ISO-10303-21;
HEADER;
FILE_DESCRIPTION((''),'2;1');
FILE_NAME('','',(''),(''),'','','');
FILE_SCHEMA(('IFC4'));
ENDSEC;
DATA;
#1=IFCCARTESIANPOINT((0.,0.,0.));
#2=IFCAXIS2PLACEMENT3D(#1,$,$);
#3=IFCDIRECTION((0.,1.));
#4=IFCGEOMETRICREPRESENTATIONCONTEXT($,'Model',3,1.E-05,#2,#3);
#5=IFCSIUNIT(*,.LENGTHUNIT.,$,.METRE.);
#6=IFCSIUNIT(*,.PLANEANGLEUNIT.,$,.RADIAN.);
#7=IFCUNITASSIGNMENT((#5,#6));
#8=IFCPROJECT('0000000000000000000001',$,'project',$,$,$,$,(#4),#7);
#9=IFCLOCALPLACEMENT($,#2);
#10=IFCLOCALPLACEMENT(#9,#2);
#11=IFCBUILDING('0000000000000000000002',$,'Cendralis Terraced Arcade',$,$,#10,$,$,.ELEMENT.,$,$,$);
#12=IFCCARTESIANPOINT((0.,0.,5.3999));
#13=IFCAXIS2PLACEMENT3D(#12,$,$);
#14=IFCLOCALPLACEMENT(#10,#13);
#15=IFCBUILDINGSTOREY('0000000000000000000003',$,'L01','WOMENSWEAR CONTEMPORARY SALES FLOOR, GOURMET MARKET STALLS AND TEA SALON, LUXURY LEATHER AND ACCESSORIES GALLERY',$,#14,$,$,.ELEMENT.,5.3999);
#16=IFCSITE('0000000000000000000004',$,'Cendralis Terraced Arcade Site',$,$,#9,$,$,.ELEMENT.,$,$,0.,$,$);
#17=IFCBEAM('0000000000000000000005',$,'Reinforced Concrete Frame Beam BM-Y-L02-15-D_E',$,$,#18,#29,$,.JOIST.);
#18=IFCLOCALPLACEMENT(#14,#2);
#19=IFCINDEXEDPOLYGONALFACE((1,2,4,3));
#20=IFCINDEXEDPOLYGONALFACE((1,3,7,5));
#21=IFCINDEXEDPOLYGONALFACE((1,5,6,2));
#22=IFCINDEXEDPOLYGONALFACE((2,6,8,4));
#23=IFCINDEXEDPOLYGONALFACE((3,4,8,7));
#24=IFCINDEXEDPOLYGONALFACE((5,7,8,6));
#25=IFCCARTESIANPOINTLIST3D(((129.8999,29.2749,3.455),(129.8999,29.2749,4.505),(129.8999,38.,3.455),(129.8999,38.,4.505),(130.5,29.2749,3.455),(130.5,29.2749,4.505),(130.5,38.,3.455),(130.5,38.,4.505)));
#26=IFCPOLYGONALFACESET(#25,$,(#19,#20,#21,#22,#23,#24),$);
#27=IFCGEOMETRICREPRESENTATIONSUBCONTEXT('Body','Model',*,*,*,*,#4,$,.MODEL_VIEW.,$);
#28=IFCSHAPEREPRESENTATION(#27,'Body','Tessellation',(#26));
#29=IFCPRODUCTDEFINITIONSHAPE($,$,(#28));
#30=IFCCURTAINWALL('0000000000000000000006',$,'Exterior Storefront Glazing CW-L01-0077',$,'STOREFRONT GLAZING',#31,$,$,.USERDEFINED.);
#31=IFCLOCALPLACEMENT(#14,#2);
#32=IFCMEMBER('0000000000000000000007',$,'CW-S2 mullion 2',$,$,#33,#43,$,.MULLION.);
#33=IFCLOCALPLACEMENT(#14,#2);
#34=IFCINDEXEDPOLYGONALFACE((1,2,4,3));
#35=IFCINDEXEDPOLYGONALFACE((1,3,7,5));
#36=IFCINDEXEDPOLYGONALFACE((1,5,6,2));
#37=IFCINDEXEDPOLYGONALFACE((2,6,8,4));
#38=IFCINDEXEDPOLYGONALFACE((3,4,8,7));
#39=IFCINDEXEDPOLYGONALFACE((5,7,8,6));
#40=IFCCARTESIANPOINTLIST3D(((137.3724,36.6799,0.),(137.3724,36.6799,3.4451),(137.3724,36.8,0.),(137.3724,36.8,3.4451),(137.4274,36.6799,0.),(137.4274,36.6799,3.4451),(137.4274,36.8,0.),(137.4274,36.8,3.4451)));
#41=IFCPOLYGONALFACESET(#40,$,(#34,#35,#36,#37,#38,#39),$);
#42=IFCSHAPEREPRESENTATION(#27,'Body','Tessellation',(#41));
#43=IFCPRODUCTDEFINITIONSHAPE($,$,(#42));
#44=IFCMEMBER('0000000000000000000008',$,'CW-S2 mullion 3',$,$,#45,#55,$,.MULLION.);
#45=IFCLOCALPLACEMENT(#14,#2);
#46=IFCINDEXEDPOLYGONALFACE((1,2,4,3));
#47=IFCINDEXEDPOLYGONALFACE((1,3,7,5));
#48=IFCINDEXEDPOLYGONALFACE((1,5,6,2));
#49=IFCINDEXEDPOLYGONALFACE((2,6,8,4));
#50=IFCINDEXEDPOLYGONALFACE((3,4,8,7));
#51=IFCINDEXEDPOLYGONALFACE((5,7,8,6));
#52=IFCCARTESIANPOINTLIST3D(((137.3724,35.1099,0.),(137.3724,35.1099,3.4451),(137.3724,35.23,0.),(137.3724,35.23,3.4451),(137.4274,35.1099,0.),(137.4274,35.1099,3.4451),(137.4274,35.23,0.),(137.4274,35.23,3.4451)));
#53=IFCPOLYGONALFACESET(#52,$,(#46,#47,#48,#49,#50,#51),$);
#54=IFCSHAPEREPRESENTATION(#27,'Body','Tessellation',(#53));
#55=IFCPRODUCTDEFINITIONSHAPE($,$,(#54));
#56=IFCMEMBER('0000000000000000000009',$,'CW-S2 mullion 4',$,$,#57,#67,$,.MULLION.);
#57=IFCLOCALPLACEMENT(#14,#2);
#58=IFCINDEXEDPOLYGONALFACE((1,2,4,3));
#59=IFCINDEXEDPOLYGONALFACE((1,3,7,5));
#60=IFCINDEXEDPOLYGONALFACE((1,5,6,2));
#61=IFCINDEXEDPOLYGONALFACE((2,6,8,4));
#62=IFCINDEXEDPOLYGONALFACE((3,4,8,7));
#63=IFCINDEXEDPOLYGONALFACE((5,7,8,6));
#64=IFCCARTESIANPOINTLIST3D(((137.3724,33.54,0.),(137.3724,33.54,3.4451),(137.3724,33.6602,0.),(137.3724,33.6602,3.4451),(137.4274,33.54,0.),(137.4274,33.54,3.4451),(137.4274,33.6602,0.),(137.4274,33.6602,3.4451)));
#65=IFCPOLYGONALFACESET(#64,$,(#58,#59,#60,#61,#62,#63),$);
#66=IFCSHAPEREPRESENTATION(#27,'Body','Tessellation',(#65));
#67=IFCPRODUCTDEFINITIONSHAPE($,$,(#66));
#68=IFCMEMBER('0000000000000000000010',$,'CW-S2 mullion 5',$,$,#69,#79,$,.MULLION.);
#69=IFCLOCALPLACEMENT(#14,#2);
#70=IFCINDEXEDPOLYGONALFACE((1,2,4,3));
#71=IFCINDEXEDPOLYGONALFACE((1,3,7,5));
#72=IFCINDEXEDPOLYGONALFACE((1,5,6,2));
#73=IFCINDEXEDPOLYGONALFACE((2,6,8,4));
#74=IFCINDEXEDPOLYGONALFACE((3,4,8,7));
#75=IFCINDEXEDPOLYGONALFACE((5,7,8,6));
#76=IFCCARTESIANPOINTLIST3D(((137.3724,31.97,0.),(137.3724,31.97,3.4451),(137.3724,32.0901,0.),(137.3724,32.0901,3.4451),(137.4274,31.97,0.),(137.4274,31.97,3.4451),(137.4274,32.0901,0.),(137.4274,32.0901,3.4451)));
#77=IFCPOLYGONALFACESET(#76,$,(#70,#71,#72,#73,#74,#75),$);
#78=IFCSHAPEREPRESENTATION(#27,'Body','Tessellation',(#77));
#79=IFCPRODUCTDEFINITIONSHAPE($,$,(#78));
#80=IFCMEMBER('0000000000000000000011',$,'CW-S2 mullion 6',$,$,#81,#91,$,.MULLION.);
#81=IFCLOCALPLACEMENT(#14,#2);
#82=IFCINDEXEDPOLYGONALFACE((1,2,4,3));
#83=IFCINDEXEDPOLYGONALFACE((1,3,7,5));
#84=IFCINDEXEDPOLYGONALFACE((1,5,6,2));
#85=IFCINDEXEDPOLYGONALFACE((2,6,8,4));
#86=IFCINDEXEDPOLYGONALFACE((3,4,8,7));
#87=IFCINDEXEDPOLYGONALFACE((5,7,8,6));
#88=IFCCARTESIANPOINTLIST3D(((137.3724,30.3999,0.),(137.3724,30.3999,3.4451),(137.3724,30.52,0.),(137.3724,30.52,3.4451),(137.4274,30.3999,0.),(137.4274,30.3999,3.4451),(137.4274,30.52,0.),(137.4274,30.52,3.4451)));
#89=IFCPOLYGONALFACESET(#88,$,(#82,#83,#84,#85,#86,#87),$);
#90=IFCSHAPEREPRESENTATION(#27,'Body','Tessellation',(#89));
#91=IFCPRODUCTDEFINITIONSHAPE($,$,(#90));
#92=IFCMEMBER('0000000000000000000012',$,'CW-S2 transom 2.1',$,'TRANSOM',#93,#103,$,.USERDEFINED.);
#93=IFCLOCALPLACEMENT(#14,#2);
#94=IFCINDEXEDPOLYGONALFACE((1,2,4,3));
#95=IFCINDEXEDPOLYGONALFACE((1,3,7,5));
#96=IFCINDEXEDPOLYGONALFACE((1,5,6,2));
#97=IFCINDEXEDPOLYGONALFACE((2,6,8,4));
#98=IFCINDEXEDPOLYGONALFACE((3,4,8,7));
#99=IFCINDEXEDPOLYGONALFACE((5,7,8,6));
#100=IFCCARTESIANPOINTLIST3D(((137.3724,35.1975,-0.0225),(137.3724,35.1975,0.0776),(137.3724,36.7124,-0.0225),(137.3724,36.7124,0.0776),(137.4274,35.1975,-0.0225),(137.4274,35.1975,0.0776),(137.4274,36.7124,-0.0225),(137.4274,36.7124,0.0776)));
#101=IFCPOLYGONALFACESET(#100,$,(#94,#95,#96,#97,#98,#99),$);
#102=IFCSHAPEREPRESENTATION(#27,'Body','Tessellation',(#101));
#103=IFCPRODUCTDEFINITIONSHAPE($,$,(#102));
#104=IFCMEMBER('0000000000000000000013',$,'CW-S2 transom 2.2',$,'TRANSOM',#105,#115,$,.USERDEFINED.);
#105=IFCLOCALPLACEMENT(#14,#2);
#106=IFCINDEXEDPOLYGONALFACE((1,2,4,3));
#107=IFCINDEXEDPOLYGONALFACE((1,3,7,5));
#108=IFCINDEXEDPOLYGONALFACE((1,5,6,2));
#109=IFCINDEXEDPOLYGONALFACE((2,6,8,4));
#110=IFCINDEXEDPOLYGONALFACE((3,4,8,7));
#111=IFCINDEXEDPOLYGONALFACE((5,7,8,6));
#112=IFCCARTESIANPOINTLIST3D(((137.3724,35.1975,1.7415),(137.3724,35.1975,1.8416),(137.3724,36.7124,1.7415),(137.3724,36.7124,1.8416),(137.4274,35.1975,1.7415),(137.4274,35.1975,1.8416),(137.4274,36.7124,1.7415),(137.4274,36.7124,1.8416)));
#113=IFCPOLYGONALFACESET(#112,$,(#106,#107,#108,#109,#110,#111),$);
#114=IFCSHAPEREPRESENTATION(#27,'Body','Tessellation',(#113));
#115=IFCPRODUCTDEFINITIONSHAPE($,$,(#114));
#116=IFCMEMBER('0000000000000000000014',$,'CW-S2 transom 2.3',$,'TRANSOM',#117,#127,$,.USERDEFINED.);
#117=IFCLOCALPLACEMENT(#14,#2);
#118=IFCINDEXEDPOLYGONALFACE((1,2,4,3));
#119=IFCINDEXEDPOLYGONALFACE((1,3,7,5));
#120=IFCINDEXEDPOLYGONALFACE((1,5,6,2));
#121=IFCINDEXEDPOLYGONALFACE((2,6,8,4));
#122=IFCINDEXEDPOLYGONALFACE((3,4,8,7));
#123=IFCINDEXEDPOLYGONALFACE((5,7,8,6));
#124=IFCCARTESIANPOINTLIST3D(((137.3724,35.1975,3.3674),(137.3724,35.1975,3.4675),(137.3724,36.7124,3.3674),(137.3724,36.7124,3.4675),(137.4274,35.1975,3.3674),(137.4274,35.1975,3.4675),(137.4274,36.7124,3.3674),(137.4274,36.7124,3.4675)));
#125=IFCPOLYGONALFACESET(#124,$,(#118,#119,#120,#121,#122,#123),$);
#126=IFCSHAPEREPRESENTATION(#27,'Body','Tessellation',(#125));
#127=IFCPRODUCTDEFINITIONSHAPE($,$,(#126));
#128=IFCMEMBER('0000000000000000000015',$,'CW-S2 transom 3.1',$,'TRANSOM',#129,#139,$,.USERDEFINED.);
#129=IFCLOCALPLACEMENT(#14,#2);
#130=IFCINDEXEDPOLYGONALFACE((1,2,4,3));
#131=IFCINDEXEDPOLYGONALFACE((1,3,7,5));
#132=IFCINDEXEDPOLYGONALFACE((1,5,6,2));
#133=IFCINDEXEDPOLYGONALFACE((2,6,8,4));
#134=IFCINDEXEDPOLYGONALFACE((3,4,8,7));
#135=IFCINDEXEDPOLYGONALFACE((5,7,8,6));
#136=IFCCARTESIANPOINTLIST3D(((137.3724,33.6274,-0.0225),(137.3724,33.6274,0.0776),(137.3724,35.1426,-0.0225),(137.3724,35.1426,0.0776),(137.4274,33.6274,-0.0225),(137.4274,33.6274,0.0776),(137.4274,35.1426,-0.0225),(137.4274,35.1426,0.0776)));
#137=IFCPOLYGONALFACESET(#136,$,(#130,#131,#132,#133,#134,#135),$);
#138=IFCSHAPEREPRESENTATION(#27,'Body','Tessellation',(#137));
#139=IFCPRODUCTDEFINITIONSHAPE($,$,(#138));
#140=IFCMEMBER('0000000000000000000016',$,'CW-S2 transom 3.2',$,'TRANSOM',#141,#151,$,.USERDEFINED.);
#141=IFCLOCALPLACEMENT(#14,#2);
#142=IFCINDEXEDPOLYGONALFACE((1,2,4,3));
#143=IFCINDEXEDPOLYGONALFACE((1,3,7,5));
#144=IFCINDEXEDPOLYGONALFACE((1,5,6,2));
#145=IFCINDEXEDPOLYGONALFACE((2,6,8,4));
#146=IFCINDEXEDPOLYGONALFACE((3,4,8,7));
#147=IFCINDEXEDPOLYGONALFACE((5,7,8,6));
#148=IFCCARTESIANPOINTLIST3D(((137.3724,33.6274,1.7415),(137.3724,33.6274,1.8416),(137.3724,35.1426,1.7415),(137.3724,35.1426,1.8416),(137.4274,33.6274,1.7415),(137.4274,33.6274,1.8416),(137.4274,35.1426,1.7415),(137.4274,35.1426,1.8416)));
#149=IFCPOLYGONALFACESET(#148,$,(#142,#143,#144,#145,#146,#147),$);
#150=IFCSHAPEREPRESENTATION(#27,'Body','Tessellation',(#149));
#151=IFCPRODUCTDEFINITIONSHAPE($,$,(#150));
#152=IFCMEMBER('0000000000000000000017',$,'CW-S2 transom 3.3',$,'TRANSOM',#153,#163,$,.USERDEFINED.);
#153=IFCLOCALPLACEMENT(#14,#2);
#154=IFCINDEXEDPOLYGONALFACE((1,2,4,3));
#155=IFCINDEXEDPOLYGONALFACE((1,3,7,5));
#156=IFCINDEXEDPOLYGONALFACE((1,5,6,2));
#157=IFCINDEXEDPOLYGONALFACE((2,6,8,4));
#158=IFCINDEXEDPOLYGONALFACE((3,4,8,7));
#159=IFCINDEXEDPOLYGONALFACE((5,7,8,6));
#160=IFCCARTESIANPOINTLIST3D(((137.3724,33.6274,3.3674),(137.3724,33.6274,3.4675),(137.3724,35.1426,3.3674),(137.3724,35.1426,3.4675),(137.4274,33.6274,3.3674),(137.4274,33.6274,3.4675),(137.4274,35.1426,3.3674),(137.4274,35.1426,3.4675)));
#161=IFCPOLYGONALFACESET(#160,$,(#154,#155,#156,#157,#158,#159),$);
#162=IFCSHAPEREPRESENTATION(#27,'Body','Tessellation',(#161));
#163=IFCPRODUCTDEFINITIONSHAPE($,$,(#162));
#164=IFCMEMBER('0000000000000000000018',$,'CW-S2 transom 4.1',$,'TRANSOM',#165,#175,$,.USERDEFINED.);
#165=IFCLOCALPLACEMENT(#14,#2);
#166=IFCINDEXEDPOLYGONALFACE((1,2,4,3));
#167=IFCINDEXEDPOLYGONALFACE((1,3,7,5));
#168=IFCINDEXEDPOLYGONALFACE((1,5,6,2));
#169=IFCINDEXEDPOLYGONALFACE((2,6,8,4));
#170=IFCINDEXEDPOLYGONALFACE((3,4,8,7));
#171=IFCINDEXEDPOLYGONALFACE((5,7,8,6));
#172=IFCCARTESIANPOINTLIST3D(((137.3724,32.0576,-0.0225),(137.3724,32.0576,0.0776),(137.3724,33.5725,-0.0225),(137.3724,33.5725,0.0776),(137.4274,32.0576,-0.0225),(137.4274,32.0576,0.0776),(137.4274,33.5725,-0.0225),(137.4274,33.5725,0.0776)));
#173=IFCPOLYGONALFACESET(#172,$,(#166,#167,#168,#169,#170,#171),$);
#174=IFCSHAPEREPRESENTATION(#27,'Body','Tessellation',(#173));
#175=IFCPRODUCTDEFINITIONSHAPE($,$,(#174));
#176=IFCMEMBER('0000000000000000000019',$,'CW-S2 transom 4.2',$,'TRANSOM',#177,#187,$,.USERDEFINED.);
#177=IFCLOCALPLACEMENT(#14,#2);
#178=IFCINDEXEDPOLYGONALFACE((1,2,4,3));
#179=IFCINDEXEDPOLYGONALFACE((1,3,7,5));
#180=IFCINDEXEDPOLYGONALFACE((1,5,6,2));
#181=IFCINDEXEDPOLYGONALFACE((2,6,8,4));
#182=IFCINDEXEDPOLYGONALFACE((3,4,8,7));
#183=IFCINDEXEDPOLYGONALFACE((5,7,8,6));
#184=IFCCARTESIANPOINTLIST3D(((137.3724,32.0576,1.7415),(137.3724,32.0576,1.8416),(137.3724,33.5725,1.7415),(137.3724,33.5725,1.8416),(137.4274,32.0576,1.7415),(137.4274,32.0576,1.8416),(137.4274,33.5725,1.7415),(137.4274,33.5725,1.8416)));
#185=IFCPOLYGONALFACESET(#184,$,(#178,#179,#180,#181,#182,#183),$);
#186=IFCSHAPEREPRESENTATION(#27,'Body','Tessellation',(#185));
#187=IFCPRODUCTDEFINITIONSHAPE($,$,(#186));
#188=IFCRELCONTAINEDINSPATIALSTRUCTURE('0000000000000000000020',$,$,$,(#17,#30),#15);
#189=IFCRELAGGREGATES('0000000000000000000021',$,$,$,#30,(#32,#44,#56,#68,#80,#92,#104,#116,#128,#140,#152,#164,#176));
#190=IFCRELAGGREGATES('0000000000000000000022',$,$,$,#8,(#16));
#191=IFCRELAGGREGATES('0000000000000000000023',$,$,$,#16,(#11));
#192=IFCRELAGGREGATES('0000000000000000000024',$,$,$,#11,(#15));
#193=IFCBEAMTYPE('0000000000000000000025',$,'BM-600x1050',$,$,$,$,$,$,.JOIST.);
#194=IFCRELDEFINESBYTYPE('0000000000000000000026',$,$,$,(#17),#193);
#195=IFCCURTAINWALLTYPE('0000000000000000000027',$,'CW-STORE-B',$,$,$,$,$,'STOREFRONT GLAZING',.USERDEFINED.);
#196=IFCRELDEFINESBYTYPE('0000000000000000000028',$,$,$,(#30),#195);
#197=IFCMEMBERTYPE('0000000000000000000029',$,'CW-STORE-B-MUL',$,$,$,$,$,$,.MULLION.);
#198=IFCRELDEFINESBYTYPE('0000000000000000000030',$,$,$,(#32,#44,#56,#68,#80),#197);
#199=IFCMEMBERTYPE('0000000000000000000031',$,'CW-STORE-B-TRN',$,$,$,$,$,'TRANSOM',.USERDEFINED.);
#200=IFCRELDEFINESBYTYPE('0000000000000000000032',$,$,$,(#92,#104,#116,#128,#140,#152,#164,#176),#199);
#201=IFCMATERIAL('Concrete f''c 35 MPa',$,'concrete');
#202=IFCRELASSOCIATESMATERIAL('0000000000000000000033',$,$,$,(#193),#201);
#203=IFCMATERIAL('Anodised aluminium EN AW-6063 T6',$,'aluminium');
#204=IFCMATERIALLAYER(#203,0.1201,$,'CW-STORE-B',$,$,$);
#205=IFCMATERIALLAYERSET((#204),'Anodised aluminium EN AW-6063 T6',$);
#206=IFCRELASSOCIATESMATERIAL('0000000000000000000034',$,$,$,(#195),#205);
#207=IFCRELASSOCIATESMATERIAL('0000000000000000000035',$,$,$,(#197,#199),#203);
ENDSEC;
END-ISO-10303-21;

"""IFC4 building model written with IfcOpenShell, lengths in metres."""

from ifc_helpers import new_model, si_unit, direction, frame, origin, origin_2d, place, context, subcontext, project, spatial, rectangle, extrude, material, layer, layer_set, material_profile, profile_set, type_object, element, aggregate, save


model = new_model("IFC4")

# Units and contexts
model_context = context("Model", 3, precision=1e-05, world=origin(), true_north=direction((0.0, 1.0)))
body_context = subcontext(model_context, "Body", "Model", "MODEL_VIEW")
ifc_project = project(units=[si_unit("LENGTHUNIT", "METRE"), si_unit("PLANEANGLEUNIT", "RADIAN")], contexts=[model_context])

# Site, building, storey
site_placement = place(None, origin())
site = spatial("IfcSite", under=ifc_project, at=site_placement, Name="Cendralis Terraced Arcade Site", CompositionType="ELEMENT", RefElevation=0.0)
building_placement = place(site_placement, origin())
building = spatial("IfcBuilding", under=site, at=building_placement, Name="Cendralis Terraced Arcade", CompositionType="ELEMENT")
storey_placement = place(building_placement, frame((0.0, 0.0, 5.3999)))
storey = spatial("IfcBuildingStorey", under=building, at=storey_placement, Name="L01", Description="WOMENSWEAR CONTEMPORARY SALES FLOOR, GOURMET MARKET STALLS AND TEA SALON, LUXURY LEATHER AND ACCESSORIES GALLERY", CompositionType="ELEMENT", Elevation=5.3999)

# Beam
ifc_material_1 = material(Name="Concrete f'c 35 MPa", Category="concrete")
ifc_material_profile_1 = material_profile(ifc_material_1, rectangle(XDim=0.6001, YDim=1.05, at=origin_2d()), Name="RC-BM-600x1050", Category="LoadBearing")
ifc_profile_set_1 = profile_set([ifc_material_profile_1], Name="Concrete f'c 35 MPa")
beam_type = type_object("IfcBeamType", Name="BM-600x1050", PredefinedType="JOIST", material=ifc_profile_set_1)
beam_placement = place(storey_placement, frame((130.2, 29.2749, 3.98), z_axis=(0.0, 1.0, 0.0), x_axis=(-1.0, 0.0, 0.0)))
element("IfcBeam", 1, at=beam_placement, inside=storey, type_object=beam_type, Name="Reinforced Concrete Frame Beam BM-Y-L02-15-D_E", PredefinedType="JOIST", context=body_context, shape_type="SweptSolid", body=[
    extrude(rectangle(XDim=0.6001, YDim=1.05, at=origin_2d()), origin(), (0.0, 0.0, 1.0), 8.7251),
])

# Curtain wall, members
ifc_material_2 = material(Name="Anodised aluminium EN AW-6063 T6", Category="aluminium")
ifc_layer_1 = layer(ifc_material_2, 0.1201, Name="CW-STORE-B")
ifc_layer_set_1 = layer_set([ifc_layer_1], Name="Anodised aluminium EN AW-6063 T6")
curtain_wall_type = type_object("IfcCurtainWallType", Name="CW-STORE-B", ElementType="STOREFRONT GLAZING", PredefinedType="USERDEFINED", material=ifc_layer_set_1)
curtain_wall_placement = place(storey_placement, origin())
curtain_wall = element("IfcCurtainWall", 2, at=curtain_wall_placement, inside=storey, type_object=curtain_wall_type, Name="Exterior Storefront Glazing CW-L01-0077", ObjectType="STOREFRONT GLAZING", PredefinedType="USERDEFINED")
ifc_material_profile_2 = material_profile(ifc_material_2, rectangle(XDim=0.0549, YDim=0.1201, at=origin_2d()), Name="ALU-MUL-55x120")
ifc_profile_set_2 = profile_set([ifc_material_profile_2], Name="Anodised aluminium EN AW-6063 T6")
member_type_1 = type_object("IfcMemberType", Name="CW-STORE-B-MUL", PredefinedType="MULLION", material=ifc_profile_set_2)
member_1_placement = place(storey_placement, frame((137.3999, 36.74, 0.0), z_axis=(0.0, 0.0, 1.0), x_axis=(1.0, 0.0, 0.0)))
member_1 = element("IfcMember", 3, at=member_1_placement, type_object=member_type_1, Name="CW-S2 mullion 2", PredefinedType="MULLION", context=body_context, shape_type="SweptSolid", body=[
    extrude(rectangle(XDim=0.0549, YDim=0.1201, at=origin_2d()), origin(), (0.0, 0.0, 1.0), 3.4451),
])
member_2_placement = place(storey_placement, frame((137.3999, 35.1699, 0.0), z_axis=(0.0, 0.0, 1.0), x_axis=(1.0, 0.0, 0.0)))
member_2 = element("IfcMember", 4, at=member_2_placement, type_object=member_type_1, Name="CW-S2 mullion 3", PredefinedType="MULLION", context=body_context, shape_type="SweptSolid", body=[
    extrude(rectangle(XDim=0.0549, YDim=0.1201, at=origin_2d()), origin(), (0.0, 0.0, 1.0), 3.4451),
])
member_3_placement = place(storey_placement, frame((137.3999, 33.6001, 0.0), z_axis=(0.0, 0.0, 1.0), x_axis=(1.0, 0.0, 0.0)))
member_3 = element("IfcMember", 5, at=member_3_placement, type_object=member_type_1, Name="CW-S2 mullion 4", PredefinedType="MULLION", context=body_context, shape_type="SweptSolid", body=[
    extrude(rectangle(XDim=0.0549, YDim=0.1201, at=origin_2d()), origin(), (0.0, 0.0, 1.0), 3.4451),
])
member_4_placement = place(storey_placement, frame((137.3999, 32.03, 0.0), z_axis=(0.0, 0.0, 1.0), x_axis=(1.0, 0.0, 0.0)))
member_4 = element("IfcMember", 6, at=member_4_placement, type_object=member_type_1, Name="CW-S2 mullion 5", PredefinedType="MULLION", context=body_context, shape_type="SweptSolid", body=[
    extrude(rectangle(XDim=0.0549, YDim=0.1201, at=origin_2d()), origin(), (0.0, 0.0, 1.0), 3.4451),
])
member_5_placement = place(storey_placement, frame((137.3999, 30.46, 0.0), z_axis=(0.0, 0.0, 1.0), x_axis=(1.0, 0.0, 0.0)))
member_5 = element("IfcMember", 7, at=member_5_placement, type_object=member_type_1, Name="CW-S2 mullion 6", PredefinedType="MULLION", context=body_context, shape_type="SweptSolid", body=[
    extrude(rectangle(XDim=0.0549, YDim=0.1201, at=origin_2d()), origin(), (0.0, 0.0, 1.0), 3.4451),
])
ifc_material_profile_3 = material_profile(ifc_material_2, rectangle(XDim=0.0549, YDim=0.1001, at=origin_2d()), Name="ALU-TRN-55x100")
ifc_profile_set_3 = profile_set([ifc_material_profile_3], Name="Anodised aluminium EN AW-6063 T6")
member_type_2 = type_object("IfcMemberType", Name="CW-STORE-B-TRN", ElementType="TRANSOM", PredefinedType="USERDEFINED", material=ifc_profile_set_3)
member_6_placement = place(storey_placement, frame((137.3999, 36.7124, 0.0276), z_axis=(0.0, -1.0, 0.0), x_axis=(1.0, 0.0, 0.0)))
member_6 = element("IfcMember", 8, at=member_6_placement, type_object=member_type_2, Name="CW-S2 transom 2.1", ObjectType="TRANSOM", PredefinedType="USERDEFINED", context=body_context, shape_type="SweptSolid", body=[
    extrude(rectangle(XDim=0.0549, YDim=0.1001, at=origin_2d()), origin(), (0.0, 0.0, 1.0), 1.5149),
])
member_7_placement = place(storey_placement, frame((137.3999, 36.7124, 1.7915), z_axis=(0.0, -1.0, 0.0), x_axis=(1.0, 0.0, 0.0)))
member_7 = element("IfcMember", 9, at=member_7_placement, type_object=member_type_2, Name="CW-S2 transom 2.2", ObjectType="TRANSOM", PredefinedType="USERDEFINED", context=body_context, shape_type="SweptSolid", body=[
    extrude(rectangle(XDim=0.0549, YDim=0.1001, at=origin_2d()), origin(), (0.0, 0.0, 1.0), 1.5149),
])
member_8_placement = place(storey_placement, frame((137.3999, 36.7124, 3.4175), z_axis=(0.0, -1.0, 0.0), x_axis=(1.0, 0.0, 0.0)))
member_8 = element("IfcMember", 10, at=member_8_placement, type_object=member_type_2, Name="CW-S2 transom 2.3", ObjectType="TRANSOM", PredefinedType="USERDEFINED", context=body_context, shape_type="SweptSolid", body=[
    extrude(rectangle(XDim=0.0549, YDim=0.1001, at=origin_2d()), origin(), (0.0, 0.0, 1.0), 1.5149),
])
member_9_placement = place(storey_placement, frame((137.3999, 35.1426, 0.0276), z_axis=(0.0, -1.0, 0.0), x_axis=(1.0, 0.0, 0.0)))
member_9 = element("IfcMember", 11, at=member_9_placement, type_object=member_type_2, Name="CW-S2 transom 3.1", ObjectType="TRANSOM", PredefinedType="USERDEFINED", context=body_context, shape_type="SweptSolid", body=[
    extrude(rectangle(XDim=0.0549, YDim=0.1001, at=origin_2d()), origin(), (0.0, 0.0, 1.0), 1.5151),
])
member_10_placement = place(storey_placement, frame((137.3999, 35.1426, 1.7915), z_axis=(0.0, -1.0, 0.0), x_axis=(1.0, 0.0, 0.0)))
member_10 = element("IfcMember", 12, at=member_10_placement, type_object=member_type_2, Name="CW-S2 transom 3.2", ObjectType="TRANSOM", PredefinedType="USERDEFINED", context=body_context, shape_type="SweptSolid", body=[
    extrude(rectangle(XDim=0.0549, YDim=0.1001, at=origin_2d()), origin(), (0.0, 0.0, 1.0), 1.5151),
])
member_11_placement = place(storey_placement, frame((137.3999, 35.1426, 3.4175), z_axis=(0.0, -1.0, 0.0), x_axis=(1.0, 0.0, 0.0)))
member_11 = element("IfcMember", 13, at=member_11_placement, type_object=member_type_2, Name="CW-S2 transom 3.3", ObjectType="TRANSOM", PredefinedType="USERDEFINED", context=body_context, shape_type="SweptSolid", body=[
    extrude(rectangle(XDim=0.0549, YDim=0.1001, at=origin_2d()), origin(), (0.0, 0.0, 1.0), 1.5151),
])
member_12_placement = place(storey_placement, frame((137.3999, 33.5725, 0.0276), z_axis=(0.0, -1.0, 0.0), x_axis=(1.0, 0.0, 0.0)))
member_12 = element("IfcMember", 14, at=member_12_placement, type_object=member_type_2, Name="CW-S2 transom 4.1", ObjectType="TRANSOM", PredefinedType="USERDEFINED", context=body_context, shape_type="SweptSolid", body=[
    extrude(rectangle(XDim=0.0549, YDim=0.1001, at=origin_2d()), origin(), (0.0, 0.0, 1.0), 1.5149),
])
member_13_placement = place(storey_placement, frame((137.3999, 33.5725, 1.7915), z_axis=(0.0, -1.0, 0.0), x_axis=(1.0, 0.0, 0.0)))
member_13 = element("IfcMember", 15, at=member_13_placement, type_object=member_type_2, Name="CW-S2 transom 4.2", ObjectType="TRANSOM", PredefinedType="USERDEFINED", context=body_context, shape_type="SweptSolid", body=[
    extrude(rectangle(XDim=0.0549, YDim=0.1001, at=origin_2d()), origin(), (0.0, 0.0, 1.0), 1.5149),
])
aggregate(curtain_wall, [member_1, member_2, member_3, member_4, member_5, member_6, member_7, member_8, member_9, member_10, member_11, member_12, member_13])

save(model, "model.ifc")
